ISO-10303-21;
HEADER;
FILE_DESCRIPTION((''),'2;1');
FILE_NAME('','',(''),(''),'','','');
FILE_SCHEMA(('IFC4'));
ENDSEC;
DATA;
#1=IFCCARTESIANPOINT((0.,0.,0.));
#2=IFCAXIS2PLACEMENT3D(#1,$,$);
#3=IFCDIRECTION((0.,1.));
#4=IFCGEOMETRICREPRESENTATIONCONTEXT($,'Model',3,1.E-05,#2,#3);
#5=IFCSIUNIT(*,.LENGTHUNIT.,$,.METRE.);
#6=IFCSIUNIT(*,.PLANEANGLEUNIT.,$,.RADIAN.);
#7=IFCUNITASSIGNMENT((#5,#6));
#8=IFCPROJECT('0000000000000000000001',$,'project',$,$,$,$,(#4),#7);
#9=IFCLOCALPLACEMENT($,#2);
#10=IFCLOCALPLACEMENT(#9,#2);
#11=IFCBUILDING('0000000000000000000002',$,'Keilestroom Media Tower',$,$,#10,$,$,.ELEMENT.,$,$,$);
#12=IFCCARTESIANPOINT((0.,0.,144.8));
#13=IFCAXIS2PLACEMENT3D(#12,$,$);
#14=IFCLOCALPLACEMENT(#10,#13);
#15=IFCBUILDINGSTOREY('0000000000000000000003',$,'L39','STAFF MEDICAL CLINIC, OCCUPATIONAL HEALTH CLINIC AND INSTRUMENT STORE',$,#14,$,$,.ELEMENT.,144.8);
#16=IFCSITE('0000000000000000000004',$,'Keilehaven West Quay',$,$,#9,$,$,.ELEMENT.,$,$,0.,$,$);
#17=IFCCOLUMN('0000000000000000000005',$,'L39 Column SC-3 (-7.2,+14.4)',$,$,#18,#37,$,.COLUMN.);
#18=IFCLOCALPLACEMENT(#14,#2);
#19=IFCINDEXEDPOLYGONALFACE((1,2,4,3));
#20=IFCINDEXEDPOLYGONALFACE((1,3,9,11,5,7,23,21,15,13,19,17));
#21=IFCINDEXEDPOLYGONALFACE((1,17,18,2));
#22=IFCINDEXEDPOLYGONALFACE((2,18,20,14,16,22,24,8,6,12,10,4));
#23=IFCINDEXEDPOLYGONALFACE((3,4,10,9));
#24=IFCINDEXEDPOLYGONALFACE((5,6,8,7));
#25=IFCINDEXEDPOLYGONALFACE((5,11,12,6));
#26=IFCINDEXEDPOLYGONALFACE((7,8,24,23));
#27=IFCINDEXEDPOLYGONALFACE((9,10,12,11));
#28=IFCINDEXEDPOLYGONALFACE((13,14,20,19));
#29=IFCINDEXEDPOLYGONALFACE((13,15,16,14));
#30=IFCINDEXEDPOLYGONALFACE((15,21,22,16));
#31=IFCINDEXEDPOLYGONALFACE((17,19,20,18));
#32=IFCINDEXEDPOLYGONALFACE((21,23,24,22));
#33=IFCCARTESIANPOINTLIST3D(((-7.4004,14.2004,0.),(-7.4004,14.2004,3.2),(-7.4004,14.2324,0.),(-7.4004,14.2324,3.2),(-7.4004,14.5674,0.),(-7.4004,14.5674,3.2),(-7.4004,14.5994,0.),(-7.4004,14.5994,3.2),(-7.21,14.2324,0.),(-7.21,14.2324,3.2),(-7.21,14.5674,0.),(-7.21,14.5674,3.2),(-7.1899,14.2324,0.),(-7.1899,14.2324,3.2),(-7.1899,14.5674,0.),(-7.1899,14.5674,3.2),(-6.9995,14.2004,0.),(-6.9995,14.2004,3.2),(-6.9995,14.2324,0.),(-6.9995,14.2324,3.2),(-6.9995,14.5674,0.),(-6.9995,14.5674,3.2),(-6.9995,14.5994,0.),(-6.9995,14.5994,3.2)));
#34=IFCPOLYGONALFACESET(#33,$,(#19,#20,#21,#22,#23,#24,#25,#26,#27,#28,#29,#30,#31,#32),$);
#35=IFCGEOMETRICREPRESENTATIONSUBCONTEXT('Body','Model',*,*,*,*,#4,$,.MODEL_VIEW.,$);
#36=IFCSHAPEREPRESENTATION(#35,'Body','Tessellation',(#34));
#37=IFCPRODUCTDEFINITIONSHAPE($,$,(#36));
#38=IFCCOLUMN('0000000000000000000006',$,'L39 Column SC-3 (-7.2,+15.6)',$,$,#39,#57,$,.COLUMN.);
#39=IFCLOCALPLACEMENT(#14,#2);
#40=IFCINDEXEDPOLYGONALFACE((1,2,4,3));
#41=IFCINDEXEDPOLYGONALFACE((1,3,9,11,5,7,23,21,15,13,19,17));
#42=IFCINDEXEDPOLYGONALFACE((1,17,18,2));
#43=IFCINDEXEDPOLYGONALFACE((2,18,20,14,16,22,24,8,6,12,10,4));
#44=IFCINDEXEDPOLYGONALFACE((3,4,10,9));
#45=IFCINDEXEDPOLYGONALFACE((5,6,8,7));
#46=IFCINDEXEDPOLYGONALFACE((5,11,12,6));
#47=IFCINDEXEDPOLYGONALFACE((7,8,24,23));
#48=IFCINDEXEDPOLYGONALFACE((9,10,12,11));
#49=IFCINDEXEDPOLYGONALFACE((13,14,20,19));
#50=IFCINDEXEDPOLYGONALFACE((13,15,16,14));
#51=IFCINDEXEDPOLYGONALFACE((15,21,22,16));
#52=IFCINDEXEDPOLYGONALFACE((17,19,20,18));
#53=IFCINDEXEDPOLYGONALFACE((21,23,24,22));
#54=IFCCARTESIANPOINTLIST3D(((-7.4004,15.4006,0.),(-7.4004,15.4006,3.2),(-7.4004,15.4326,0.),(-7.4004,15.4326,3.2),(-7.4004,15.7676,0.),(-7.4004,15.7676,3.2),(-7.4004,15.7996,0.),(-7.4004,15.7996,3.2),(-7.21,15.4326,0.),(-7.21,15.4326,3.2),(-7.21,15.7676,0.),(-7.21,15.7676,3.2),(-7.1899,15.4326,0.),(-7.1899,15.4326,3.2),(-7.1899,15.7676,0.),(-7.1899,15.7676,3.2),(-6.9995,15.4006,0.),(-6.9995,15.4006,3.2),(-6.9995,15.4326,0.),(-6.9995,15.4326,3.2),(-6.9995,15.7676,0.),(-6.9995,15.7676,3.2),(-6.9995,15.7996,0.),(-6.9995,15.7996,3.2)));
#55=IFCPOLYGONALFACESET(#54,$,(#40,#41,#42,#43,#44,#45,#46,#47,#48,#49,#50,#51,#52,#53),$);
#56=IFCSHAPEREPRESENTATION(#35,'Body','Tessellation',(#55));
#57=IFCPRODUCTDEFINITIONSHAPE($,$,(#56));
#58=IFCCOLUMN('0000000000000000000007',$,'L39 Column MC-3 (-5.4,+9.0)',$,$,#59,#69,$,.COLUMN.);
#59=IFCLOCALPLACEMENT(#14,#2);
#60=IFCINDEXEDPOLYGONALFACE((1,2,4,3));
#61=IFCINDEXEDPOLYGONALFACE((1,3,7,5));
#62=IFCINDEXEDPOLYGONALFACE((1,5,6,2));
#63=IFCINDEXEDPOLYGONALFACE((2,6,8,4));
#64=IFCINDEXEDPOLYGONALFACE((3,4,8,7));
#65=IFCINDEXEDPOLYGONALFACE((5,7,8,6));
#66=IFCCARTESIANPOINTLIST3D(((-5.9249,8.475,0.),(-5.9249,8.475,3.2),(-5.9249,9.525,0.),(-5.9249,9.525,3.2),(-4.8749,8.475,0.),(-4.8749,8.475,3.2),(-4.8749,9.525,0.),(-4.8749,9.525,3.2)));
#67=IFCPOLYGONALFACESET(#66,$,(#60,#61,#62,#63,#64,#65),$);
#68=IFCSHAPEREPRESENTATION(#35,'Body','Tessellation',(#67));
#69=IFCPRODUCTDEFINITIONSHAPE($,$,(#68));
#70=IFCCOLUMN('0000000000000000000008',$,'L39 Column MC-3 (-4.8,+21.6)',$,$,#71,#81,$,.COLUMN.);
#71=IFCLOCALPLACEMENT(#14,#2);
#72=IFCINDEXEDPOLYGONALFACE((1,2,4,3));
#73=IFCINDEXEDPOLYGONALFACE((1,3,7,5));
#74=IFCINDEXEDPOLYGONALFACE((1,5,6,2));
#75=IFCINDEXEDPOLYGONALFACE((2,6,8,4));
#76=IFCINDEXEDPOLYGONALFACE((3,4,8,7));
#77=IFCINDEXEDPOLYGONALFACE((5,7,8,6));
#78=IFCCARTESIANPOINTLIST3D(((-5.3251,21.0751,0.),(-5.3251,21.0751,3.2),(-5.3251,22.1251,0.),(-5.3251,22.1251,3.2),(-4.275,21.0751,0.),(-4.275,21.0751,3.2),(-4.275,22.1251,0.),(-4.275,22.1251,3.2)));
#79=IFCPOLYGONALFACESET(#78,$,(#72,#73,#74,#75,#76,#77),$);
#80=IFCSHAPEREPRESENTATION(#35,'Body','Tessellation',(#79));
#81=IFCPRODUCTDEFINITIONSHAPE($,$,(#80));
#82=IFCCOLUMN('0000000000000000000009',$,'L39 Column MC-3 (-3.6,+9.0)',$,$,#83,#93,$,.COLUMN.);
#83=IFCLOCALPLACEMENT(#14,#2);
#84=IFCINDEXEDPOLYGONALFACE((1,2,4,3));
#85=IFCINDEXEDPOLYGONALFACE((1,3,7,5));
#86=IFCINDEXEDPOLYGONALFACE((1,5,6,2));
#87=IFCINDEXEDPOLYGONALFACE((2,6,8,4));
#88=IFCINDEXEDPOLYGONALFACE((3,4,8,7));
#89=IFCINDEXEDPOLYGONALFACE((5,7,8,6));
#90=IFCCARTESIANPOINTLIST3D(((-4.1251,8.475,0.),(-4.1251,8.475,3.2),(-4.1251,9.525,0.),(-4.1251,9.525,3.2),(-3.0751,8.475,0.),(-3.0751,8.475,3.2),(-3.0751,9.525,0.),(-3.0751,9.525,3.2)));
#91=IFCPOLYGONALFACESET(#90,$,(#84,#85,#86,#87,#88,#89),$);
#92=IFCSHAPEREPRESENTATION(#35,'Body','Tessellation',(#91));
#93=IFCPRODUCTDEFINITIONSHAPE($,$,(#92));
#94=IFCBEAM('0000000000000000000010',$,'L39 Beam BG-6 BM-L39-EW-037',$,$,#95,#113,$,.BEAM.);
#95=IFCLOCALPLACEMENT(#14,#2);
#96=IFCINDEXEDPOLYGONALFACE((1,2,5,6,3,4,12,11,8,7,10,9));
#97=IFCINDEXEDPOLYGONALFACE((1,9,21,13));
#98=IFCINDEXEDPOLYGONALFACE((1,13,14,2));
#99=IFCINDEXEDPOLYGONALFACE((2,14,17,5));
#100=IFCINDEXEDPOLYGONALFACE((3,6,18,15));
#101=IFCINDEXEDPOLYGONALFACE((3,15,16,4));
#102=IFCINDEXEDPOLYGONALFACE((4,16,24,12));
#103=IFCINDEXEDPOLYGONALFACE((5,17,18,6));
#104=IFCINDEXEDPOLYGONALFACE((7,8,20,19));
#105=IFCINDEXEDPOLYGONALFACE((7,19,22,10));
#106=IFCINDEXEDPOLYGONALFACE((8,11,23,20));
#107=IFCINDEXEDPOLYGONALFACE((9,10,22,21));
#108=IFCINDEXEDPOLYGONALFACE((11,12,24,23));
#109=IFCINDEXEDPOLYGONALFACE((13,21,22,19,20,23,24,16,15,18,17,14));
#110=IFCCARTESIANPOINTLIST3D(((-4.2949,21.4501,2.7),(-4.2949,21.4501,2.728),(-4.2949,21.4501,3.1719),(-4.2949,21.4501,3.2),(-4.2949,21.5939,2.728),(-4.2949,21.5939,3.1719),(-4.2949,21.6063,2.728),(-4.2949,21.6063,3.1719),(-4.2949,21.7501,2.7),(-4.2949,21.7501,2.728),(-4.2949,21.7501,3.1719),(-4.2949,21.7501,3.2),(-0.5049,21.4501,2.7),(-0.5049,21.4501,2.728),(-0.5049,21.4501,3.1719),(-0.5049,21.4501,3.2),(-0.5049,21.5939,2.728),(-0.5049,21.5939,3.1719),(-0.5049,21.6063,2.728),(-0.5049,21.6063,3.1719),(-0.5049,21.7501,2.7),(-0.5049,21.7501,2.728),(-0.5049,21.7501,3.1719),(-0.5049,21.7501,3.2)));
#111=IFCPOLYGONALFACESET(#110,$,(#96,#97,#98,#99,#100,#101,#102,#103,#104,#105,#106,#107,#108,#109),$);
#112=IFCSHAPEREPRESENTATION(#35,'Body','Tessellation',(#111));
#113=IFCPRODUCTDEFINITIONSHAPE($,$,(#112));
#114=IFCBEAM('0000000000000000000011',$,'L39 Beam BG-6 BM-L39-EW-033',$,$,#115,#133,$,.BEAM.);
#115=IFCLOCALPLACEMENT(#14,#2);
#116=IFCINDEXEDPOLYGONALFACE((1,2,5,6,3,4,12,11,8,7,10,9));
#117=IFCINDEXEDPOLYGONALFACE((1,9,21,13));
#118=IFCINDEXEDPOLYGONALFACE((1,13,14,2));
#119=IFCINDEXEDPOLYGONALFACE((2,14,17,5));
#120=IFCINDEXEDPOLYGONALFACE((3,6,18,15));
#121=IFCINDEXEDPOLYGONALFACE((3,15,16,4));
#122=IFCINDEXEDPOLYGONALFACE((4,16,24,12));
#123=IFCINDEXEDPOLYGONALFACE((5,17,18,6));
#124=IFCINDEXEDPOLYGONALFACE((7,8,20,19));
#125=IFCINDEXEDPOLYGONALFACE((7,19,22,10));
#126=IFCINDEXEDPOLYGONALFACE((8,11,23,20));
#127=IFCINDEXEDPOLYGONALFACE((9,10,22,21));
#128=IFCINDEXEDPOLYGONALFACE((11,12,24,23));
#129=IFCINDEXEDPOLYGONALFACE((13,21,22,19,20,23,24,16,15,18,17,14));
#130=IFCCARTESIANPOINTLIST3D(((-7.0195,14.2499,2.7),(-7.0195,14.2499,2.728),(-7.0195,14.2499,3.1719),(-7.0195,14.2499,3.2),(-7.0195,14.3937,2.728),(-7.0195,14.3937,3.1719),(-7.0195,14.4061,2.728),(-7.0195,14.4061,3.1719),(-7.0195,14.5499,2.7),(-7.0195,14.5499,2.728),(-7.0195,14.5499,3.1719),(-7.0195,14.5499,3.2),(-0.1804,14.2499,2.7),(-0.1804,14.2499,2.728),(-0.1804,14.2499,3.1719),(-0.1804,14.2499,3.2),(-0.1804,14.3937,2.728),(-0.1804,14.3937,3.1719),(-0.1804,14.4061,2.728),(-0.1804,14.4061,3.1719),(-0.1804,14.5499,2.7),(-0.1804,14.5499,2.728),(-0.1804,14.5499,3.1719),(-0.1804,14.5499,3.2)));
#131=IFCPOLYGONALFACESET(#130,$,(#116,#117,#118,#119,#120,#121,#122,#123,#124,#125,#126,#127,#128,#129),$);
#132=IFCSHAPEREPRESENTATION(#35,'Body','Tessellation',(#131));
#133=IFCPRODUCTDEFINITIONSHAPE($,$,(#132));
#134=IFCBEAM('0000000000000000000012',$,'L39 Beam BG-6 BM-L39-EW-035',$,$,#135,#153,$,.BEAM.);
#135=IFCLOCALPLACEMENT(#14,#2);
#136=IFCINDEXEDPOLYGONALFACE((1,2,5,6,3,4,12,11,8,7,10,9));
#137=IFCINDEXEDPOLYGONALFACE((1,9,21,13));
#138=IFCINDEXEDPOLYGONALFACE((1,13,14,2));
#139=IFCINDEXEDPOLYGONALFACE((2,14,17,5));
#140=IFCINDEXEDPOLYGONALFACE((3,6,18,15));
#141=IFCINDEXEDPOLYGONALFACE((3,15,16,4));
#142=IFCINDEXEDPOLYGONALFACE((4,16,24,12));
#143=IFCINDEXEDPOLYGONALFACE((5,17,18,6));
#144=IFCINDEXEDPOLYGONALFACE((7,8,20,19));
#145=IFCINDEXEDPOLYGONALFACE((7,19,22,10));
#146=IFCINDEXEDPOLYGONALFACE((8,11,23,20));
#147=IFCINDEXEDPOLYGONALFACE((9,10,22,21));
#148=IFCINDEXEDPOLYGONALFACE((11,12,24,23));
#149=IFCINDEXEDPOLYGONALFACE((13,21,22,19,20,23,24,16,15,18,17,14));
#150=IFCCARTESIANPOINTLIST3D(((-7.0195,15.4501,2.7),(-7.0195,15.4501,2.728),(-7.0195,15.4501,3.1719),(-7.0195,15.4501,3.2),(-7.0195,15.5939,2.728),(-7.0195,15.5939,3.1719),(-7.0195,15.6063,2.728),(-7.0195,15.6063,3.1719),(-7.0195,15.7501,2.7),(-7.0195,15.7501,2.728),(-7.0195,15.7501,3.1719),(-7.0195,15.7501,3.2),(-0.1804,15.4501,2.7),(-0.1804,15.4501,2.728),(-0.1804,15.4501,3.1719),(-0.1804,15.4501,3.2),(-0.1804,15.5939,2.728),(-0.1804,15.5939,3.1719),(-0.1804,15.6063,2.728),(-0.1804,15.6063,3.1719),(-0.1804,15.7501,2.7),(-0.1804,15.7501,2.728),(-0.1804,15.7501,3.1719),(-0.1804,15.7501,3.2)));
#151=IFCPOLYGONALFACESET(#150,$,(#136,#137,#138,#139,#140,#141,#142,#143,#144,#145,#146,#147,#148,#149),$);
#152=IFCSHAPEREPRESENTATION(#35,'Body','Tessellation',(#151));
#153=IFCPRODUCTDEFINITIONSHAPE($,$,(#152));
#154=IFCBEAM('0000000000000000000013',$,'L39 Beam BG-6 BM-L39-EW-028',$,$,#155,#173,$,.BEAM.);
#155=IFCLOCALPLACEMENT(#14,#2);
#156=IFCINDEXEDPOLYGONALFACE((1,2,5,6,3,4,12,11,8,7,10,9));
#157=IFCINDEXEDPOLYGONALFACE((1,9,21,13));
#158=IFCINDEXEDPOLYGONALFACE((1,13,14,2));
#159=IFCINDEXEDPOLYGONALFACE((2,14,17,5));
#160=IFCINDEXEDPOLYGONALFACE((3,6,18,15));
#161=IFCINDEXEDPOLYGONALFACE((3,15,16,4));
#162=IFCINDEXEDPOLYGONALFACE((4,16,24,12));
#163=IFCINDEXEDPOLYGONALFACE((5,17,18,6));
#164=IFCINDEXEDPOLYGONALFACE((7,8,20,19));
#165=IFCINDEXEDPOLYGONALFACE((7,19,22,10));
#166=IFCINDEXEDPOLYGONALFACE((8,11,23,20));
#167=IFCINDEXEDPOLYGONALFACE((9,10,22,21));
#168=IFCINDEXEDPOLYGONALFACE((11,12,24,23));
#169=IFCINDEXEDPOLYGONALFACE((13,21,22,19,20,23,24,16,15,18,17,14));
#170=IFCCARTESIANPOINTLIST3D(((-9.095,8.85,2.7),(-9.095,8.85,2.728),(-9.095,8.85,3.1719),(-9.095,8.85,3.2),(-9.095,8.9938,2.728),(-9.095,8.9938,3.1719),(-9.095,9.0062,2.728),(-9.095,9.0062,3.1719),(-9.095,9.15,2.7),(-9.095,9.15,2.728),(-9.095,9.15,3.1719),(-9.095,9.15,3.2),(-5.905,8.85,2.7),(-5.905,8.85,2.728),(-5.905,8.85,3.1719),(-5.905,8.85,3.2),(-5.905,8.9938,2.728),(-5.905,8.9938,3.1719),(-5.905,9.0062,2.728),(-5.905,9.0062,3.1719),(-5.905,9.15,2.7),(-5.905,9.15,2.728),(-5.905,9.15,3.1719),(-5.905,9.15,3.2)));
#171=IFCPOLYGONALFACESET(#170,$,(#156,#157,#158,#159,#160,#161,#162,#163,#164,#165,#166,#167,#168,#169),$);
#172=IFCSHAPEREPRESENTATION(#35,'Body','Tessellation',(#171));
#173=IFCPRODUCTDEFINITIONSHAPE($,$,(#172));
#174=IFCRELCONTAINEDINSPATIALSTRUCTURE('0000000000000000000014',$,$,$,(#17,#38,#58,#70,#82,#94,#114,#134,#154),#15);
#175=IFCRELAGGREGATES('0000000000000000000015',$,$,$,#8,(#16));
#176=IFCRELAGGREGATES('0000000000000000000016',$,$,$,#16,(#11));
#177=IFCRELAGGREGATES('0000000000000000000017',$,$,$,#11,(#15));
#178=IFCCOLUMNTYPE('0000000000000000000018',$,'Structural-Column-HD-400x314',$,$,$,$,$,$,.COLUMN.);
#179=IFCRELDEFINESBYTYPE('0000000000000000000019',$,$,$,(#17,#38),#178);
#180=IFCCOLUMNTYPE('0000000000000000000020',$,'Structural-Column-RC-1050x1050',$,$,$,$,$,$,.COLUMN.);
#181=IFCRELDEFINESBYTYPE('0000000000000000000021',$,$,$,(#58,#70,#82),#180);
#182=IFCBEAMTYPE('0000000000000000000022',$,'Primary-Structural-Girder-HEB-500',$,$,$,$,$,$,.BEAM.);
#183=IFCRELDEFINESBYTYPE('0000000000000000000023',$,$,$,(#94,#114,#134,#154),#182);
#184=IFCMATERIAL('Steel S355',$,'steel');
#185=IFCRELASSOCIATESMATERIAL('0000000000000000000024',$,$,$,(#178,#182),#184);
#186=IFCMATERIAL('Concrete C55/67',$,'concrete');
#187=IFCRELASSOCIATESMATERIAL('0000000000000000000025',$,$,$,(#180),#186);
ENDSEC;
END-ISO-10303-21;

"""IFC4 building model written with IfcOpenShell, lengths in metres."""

from ifc_helpers import new_model, si_unit, direction, frame, origin, origin_2d, place, context, subcontext, project, spatial, rectangle, i_section, extrude, source, transform, mapped, material, material_profile, profile_set, type_object, element, save


model = new_model("IFC4")

# Units and contexts
model_context = context("Model", 3, precision=1e-05, world=origin(), true_north=direction((0.0, 1.0)))
body_context = subcontext(model_context, "Body", "Model", "MODEL_VIEW")
ifc_project = project(units=[si_unit("LENGTHUNIT", "METRE"), si_unit("PLANEANGLEUNIT", "RADIAN")], contexts=[model_context])

# Site, building, storey
site_placement = place(None, origin())
site = spatial("IfcSite", under=ifc_project, at=site_placement, Name="Keilehaven West Quay", CompositionType="ELEMENT", RefElevation=0.0)
building_placement = place(site_placement, origin())
building = spatial("IfcBuilding", under=site, at=building_placement, Name="Keilestroom Media Tower", CompositionType="ELEMENT")
storey_placement = place(building_placement, frame((0.0, 0.0, 144.8)))
storey = spatial("IfcBuildingStorey", under=building, at=storey_placement, Name="L39", Description="STAFF MEDICAL CLINIC, OCCUPATIONAL HEALTH CLINIC AND INSTRUMENT STORE", CompositionType="ELEMENT", Elevation=144.8)

# Columns
ifc_material_1 = material(Name="Steel S355", Category="steel")
ifc_material_profile_1 = material_profile(ifc_material_1, i_section(OverallWidth=0.4009, OverallDepth=0.3989, WebThickness=0.02, FlangeThickness=0.032, at=origin_2d()), Name="HD 400x314")
ifc_profile_set_1 = profile_set([ifc_material_profile_1], Name="Steel S355")
column_type_1 = type_object("IfcColumnType", Name="Structural-Column-HD-400x314", PredefinedType="COLUMN", material=ifc_profile_set_1)
shared_shape_1 = source(origin(), body_context, "Body", "SweptSolid", [
    extrude(i_section(OverallWidth=0.4009, OverallDepth=0.3989, WebThickness=0.02, FlangeThickness=0.032, at=origin_2d()), origin(), (0.0, 0.0, 1.0), 3.2),
])
for number, where, z_axis, x_axis, name in (
    (1, (-7.2, 14.3999, 0.0), (0.0, 0.0, 1.0), (1.0, 0.0, 0.0), "L39 Column SC-3 (-7.2,+14.4)"),
    (2, (-7.2, 15.6001, 0.0), (0.0, 0.0, 1.0), (1.0, 0.0, 0.0), "L39 Column SC-3 (-7.2,+15.6)"),
):
    element("IfcColumn", number, at=place(storey_placement, frame(where, z_axis=z_axis, x_axis=x_axis)), inside=storey, type_object=column_type_1, Name=name, PredefinedType="COLUMN", context=body_context, shape_type="MappedRepresentation", body=[
        mapped(shared_shape_1, transform((0.0, 0.0, 0.0), x_axis=(1.0, 0.0, 0.0), y_axis=(0.0, 1.0, 0.0), z_axis=(0.0, 0.0, 1.0), scale=1.0)),
    ])
ifc_material_2 = material(Name="Concrete C55/67", Category="concrete")
ifc_material_profile_2 = material_profile(ifc_material_2, rectangle(XDim=1.05, YDim=1.05, at=origin_2d()), Name="RC 1050x1050")
ifc_profile_set_2 = profile_set([ifc_material_profile_2], Name="Concrete C55/67")
column_type_2 = type_object("IfcColumnType", Name="Structural-Column-RC-1050x1050", PredefinedType="COLUMN", material=ifc_profile_set_2)
shared_shape_2 = source(origin(), body_context, "Body", "SweptSolid", [
    extrude(rectangle(XDim=1.05, YDim=1.05, at=origin_2d()), origin(), (0.0, 0.0, 1.0), 3.2),
])
for number, where, z_axis, x_axis, name in (
    (3, (-5.3999, 9.0, 0.0), (0.0, 0.0, 1.0), (1.0, 0.0, 0.0), "L39 Column MC-3 (-5.4,+9.0)"),
    (4, (-4.8, 21.6001, 0.0), (0.0, 0.0, 1.0), (1.0, 0.0, 0.0), "L39 Column MC-3 (-4.8,+21.6)"),
    (5, (-3.6001, 9.0, 0.0), (0.0, 0.0, 1.0), (1.0, 0.0, 0.0), "L39 Column MC-3 (-3.6,+9.0)"),
):
    element("IfcColumn", number, at=place(storey_placement, frame(where, z_axis=z_axis, x_axis=x_axis)), inside=storey, type_object=column_type_2, Name=name, PredefinedType="COLUMN", context=body_context, shape_type="MappedRepresentation", body=[
        mapped(shared_shape_2, transform((0.0, 0.0, 0.0), x_axis=(1.0, 0.0, 0.0), y_axis=(0.0, 1.0, 0.0), z_axis=(0.0, 0.0, 1.0), scale=1.0)),
    ])

# Beams
ifc_material_profile_3 = material_profile(ifc_material_1, i_section(OverallWidth=0.3, OverallDepth=0.5, WebThickness=0.0125, FlangeThickness=0.0281, at=origin_2d()), Name="HEB 500")
ifc_profile_set_3 = profile_set([ifc_material_profile_3], Name="Steel S355")
beam_type = type_object("IfcBeamType", Name="Primary-Structural-Girder-HEB-500", PredefinedType="BEAM", material=ifc_profile_set_3)
shared_shape_3 = source(origin(), body_context, "Body", "SweptSolid", [
    extrude(i_section(OverallWidth=0.3, OverallDepth=0.5, WebThickness=0.0125, FlangeThickness=0.0281, at=origin_2d()), origin(), (0.0, 0.0, 1.0), 3.79),
])
beam_1_placement = place(storey_placement, frame((-4.2949, 21.6001, 2.95), z_axis=(1.0, 0.0, 0.0), x_axis=(0.0, 1.0, 0.0)))
element("IfcBeam", 6, at=beam_1_placement, inside=storey, type_object=beam_type, Name="L39 Beam BG-6 BM-L39-EW-037", PredefinedType="BEAM", context=body_context, shape_type="MappedRepresentation", body=[
    mapped(shared_shape_3, transform((0.0, 0.0, 0.0), x_axis=(1.0, 0.0, 0.0), y_axis=(0.0, 1.0, 0.0), z_axis=(0.0, 0.0, 1.0), scale=1.0)),
])
shared_shape_4 = source(origin(), body_context, "Body", "SweptSolid", [
    extrude(i_section(OverallWidth=0.3, OverallDepth=0.5, WebThickness=0.0125, FlangeThickness=0.0281, at=origin_2d()), origin(), (0.0, 0.0, 1.0), 6.8391),
])
for number, where, z_axis, x_axis, name in (
    (7, (-7.0195, 14.3999, 2.95), (1.0, 0.0, 0.0), (0.0, 1.0, 0.0), "L39 Beam BG-6 BM-L39-EW-033"),
    (8, (-7.0195, 15.6001, 2.95), (1.0, 0.0, 0.0), (0.0, 1.0, 0.0), "L39 Beam BG-6 BM-L39-EW-035"),
):
    element("IfcBeam", number, at=place(storey_placement, frame(where, z_axis=z_axis, x_axis=x_axis)), inside=storey, type_object=beam_type, Name=name, PredefinedType="BEAM", context=body_context, shape_type="MappedRepresentation", body=[
        mapped(shared_shape_4, transform((0.0, 0.0, 0.0), x_axis=(1.0, 0.0, 0.0), y_axis=(0.0, 1.0, 0.0), z_axis=(0.0, 0.0, 1.0), scale=1.0)),
    ])
shared_shape_5 = source(origin(), body_context, "Body", "SweptSolid", [
    extrude(i_section(OverallWidth=0.3, OverallDepth=0.5, WebThickness=0.0125, FlangeThickness=0.0281, at=origin_2d()), origin(), (0.0, 0.0, 1.0), 3.1899),
])
beam_2_placement = place(storey_placement, frame((-9.095, 9.0, 2.95), z_axis=(1.0, 0.0, 0.0), x_axis=(0.0, 1.0, 0.0)))
element("IfcBeam", 9, at=beam_2_placement, inside=storey, type_object=beam_type, Name="L39 Beam BG-6 BM-L39-EW-028", PredefinedType="BEAM", context=body_context, shape_type="MappedRepresentation", body=[
    mapped(shared_shape_5, transform((0.0, 0.0, 0.0), x_axis=(1.0, 0.0, 0.0), y_axis=(0.0, 1.0, 0.0), z_axis=(0.0, 0.0, 1.0), scale=1.0)),
])

save(model, "model.ifc")
